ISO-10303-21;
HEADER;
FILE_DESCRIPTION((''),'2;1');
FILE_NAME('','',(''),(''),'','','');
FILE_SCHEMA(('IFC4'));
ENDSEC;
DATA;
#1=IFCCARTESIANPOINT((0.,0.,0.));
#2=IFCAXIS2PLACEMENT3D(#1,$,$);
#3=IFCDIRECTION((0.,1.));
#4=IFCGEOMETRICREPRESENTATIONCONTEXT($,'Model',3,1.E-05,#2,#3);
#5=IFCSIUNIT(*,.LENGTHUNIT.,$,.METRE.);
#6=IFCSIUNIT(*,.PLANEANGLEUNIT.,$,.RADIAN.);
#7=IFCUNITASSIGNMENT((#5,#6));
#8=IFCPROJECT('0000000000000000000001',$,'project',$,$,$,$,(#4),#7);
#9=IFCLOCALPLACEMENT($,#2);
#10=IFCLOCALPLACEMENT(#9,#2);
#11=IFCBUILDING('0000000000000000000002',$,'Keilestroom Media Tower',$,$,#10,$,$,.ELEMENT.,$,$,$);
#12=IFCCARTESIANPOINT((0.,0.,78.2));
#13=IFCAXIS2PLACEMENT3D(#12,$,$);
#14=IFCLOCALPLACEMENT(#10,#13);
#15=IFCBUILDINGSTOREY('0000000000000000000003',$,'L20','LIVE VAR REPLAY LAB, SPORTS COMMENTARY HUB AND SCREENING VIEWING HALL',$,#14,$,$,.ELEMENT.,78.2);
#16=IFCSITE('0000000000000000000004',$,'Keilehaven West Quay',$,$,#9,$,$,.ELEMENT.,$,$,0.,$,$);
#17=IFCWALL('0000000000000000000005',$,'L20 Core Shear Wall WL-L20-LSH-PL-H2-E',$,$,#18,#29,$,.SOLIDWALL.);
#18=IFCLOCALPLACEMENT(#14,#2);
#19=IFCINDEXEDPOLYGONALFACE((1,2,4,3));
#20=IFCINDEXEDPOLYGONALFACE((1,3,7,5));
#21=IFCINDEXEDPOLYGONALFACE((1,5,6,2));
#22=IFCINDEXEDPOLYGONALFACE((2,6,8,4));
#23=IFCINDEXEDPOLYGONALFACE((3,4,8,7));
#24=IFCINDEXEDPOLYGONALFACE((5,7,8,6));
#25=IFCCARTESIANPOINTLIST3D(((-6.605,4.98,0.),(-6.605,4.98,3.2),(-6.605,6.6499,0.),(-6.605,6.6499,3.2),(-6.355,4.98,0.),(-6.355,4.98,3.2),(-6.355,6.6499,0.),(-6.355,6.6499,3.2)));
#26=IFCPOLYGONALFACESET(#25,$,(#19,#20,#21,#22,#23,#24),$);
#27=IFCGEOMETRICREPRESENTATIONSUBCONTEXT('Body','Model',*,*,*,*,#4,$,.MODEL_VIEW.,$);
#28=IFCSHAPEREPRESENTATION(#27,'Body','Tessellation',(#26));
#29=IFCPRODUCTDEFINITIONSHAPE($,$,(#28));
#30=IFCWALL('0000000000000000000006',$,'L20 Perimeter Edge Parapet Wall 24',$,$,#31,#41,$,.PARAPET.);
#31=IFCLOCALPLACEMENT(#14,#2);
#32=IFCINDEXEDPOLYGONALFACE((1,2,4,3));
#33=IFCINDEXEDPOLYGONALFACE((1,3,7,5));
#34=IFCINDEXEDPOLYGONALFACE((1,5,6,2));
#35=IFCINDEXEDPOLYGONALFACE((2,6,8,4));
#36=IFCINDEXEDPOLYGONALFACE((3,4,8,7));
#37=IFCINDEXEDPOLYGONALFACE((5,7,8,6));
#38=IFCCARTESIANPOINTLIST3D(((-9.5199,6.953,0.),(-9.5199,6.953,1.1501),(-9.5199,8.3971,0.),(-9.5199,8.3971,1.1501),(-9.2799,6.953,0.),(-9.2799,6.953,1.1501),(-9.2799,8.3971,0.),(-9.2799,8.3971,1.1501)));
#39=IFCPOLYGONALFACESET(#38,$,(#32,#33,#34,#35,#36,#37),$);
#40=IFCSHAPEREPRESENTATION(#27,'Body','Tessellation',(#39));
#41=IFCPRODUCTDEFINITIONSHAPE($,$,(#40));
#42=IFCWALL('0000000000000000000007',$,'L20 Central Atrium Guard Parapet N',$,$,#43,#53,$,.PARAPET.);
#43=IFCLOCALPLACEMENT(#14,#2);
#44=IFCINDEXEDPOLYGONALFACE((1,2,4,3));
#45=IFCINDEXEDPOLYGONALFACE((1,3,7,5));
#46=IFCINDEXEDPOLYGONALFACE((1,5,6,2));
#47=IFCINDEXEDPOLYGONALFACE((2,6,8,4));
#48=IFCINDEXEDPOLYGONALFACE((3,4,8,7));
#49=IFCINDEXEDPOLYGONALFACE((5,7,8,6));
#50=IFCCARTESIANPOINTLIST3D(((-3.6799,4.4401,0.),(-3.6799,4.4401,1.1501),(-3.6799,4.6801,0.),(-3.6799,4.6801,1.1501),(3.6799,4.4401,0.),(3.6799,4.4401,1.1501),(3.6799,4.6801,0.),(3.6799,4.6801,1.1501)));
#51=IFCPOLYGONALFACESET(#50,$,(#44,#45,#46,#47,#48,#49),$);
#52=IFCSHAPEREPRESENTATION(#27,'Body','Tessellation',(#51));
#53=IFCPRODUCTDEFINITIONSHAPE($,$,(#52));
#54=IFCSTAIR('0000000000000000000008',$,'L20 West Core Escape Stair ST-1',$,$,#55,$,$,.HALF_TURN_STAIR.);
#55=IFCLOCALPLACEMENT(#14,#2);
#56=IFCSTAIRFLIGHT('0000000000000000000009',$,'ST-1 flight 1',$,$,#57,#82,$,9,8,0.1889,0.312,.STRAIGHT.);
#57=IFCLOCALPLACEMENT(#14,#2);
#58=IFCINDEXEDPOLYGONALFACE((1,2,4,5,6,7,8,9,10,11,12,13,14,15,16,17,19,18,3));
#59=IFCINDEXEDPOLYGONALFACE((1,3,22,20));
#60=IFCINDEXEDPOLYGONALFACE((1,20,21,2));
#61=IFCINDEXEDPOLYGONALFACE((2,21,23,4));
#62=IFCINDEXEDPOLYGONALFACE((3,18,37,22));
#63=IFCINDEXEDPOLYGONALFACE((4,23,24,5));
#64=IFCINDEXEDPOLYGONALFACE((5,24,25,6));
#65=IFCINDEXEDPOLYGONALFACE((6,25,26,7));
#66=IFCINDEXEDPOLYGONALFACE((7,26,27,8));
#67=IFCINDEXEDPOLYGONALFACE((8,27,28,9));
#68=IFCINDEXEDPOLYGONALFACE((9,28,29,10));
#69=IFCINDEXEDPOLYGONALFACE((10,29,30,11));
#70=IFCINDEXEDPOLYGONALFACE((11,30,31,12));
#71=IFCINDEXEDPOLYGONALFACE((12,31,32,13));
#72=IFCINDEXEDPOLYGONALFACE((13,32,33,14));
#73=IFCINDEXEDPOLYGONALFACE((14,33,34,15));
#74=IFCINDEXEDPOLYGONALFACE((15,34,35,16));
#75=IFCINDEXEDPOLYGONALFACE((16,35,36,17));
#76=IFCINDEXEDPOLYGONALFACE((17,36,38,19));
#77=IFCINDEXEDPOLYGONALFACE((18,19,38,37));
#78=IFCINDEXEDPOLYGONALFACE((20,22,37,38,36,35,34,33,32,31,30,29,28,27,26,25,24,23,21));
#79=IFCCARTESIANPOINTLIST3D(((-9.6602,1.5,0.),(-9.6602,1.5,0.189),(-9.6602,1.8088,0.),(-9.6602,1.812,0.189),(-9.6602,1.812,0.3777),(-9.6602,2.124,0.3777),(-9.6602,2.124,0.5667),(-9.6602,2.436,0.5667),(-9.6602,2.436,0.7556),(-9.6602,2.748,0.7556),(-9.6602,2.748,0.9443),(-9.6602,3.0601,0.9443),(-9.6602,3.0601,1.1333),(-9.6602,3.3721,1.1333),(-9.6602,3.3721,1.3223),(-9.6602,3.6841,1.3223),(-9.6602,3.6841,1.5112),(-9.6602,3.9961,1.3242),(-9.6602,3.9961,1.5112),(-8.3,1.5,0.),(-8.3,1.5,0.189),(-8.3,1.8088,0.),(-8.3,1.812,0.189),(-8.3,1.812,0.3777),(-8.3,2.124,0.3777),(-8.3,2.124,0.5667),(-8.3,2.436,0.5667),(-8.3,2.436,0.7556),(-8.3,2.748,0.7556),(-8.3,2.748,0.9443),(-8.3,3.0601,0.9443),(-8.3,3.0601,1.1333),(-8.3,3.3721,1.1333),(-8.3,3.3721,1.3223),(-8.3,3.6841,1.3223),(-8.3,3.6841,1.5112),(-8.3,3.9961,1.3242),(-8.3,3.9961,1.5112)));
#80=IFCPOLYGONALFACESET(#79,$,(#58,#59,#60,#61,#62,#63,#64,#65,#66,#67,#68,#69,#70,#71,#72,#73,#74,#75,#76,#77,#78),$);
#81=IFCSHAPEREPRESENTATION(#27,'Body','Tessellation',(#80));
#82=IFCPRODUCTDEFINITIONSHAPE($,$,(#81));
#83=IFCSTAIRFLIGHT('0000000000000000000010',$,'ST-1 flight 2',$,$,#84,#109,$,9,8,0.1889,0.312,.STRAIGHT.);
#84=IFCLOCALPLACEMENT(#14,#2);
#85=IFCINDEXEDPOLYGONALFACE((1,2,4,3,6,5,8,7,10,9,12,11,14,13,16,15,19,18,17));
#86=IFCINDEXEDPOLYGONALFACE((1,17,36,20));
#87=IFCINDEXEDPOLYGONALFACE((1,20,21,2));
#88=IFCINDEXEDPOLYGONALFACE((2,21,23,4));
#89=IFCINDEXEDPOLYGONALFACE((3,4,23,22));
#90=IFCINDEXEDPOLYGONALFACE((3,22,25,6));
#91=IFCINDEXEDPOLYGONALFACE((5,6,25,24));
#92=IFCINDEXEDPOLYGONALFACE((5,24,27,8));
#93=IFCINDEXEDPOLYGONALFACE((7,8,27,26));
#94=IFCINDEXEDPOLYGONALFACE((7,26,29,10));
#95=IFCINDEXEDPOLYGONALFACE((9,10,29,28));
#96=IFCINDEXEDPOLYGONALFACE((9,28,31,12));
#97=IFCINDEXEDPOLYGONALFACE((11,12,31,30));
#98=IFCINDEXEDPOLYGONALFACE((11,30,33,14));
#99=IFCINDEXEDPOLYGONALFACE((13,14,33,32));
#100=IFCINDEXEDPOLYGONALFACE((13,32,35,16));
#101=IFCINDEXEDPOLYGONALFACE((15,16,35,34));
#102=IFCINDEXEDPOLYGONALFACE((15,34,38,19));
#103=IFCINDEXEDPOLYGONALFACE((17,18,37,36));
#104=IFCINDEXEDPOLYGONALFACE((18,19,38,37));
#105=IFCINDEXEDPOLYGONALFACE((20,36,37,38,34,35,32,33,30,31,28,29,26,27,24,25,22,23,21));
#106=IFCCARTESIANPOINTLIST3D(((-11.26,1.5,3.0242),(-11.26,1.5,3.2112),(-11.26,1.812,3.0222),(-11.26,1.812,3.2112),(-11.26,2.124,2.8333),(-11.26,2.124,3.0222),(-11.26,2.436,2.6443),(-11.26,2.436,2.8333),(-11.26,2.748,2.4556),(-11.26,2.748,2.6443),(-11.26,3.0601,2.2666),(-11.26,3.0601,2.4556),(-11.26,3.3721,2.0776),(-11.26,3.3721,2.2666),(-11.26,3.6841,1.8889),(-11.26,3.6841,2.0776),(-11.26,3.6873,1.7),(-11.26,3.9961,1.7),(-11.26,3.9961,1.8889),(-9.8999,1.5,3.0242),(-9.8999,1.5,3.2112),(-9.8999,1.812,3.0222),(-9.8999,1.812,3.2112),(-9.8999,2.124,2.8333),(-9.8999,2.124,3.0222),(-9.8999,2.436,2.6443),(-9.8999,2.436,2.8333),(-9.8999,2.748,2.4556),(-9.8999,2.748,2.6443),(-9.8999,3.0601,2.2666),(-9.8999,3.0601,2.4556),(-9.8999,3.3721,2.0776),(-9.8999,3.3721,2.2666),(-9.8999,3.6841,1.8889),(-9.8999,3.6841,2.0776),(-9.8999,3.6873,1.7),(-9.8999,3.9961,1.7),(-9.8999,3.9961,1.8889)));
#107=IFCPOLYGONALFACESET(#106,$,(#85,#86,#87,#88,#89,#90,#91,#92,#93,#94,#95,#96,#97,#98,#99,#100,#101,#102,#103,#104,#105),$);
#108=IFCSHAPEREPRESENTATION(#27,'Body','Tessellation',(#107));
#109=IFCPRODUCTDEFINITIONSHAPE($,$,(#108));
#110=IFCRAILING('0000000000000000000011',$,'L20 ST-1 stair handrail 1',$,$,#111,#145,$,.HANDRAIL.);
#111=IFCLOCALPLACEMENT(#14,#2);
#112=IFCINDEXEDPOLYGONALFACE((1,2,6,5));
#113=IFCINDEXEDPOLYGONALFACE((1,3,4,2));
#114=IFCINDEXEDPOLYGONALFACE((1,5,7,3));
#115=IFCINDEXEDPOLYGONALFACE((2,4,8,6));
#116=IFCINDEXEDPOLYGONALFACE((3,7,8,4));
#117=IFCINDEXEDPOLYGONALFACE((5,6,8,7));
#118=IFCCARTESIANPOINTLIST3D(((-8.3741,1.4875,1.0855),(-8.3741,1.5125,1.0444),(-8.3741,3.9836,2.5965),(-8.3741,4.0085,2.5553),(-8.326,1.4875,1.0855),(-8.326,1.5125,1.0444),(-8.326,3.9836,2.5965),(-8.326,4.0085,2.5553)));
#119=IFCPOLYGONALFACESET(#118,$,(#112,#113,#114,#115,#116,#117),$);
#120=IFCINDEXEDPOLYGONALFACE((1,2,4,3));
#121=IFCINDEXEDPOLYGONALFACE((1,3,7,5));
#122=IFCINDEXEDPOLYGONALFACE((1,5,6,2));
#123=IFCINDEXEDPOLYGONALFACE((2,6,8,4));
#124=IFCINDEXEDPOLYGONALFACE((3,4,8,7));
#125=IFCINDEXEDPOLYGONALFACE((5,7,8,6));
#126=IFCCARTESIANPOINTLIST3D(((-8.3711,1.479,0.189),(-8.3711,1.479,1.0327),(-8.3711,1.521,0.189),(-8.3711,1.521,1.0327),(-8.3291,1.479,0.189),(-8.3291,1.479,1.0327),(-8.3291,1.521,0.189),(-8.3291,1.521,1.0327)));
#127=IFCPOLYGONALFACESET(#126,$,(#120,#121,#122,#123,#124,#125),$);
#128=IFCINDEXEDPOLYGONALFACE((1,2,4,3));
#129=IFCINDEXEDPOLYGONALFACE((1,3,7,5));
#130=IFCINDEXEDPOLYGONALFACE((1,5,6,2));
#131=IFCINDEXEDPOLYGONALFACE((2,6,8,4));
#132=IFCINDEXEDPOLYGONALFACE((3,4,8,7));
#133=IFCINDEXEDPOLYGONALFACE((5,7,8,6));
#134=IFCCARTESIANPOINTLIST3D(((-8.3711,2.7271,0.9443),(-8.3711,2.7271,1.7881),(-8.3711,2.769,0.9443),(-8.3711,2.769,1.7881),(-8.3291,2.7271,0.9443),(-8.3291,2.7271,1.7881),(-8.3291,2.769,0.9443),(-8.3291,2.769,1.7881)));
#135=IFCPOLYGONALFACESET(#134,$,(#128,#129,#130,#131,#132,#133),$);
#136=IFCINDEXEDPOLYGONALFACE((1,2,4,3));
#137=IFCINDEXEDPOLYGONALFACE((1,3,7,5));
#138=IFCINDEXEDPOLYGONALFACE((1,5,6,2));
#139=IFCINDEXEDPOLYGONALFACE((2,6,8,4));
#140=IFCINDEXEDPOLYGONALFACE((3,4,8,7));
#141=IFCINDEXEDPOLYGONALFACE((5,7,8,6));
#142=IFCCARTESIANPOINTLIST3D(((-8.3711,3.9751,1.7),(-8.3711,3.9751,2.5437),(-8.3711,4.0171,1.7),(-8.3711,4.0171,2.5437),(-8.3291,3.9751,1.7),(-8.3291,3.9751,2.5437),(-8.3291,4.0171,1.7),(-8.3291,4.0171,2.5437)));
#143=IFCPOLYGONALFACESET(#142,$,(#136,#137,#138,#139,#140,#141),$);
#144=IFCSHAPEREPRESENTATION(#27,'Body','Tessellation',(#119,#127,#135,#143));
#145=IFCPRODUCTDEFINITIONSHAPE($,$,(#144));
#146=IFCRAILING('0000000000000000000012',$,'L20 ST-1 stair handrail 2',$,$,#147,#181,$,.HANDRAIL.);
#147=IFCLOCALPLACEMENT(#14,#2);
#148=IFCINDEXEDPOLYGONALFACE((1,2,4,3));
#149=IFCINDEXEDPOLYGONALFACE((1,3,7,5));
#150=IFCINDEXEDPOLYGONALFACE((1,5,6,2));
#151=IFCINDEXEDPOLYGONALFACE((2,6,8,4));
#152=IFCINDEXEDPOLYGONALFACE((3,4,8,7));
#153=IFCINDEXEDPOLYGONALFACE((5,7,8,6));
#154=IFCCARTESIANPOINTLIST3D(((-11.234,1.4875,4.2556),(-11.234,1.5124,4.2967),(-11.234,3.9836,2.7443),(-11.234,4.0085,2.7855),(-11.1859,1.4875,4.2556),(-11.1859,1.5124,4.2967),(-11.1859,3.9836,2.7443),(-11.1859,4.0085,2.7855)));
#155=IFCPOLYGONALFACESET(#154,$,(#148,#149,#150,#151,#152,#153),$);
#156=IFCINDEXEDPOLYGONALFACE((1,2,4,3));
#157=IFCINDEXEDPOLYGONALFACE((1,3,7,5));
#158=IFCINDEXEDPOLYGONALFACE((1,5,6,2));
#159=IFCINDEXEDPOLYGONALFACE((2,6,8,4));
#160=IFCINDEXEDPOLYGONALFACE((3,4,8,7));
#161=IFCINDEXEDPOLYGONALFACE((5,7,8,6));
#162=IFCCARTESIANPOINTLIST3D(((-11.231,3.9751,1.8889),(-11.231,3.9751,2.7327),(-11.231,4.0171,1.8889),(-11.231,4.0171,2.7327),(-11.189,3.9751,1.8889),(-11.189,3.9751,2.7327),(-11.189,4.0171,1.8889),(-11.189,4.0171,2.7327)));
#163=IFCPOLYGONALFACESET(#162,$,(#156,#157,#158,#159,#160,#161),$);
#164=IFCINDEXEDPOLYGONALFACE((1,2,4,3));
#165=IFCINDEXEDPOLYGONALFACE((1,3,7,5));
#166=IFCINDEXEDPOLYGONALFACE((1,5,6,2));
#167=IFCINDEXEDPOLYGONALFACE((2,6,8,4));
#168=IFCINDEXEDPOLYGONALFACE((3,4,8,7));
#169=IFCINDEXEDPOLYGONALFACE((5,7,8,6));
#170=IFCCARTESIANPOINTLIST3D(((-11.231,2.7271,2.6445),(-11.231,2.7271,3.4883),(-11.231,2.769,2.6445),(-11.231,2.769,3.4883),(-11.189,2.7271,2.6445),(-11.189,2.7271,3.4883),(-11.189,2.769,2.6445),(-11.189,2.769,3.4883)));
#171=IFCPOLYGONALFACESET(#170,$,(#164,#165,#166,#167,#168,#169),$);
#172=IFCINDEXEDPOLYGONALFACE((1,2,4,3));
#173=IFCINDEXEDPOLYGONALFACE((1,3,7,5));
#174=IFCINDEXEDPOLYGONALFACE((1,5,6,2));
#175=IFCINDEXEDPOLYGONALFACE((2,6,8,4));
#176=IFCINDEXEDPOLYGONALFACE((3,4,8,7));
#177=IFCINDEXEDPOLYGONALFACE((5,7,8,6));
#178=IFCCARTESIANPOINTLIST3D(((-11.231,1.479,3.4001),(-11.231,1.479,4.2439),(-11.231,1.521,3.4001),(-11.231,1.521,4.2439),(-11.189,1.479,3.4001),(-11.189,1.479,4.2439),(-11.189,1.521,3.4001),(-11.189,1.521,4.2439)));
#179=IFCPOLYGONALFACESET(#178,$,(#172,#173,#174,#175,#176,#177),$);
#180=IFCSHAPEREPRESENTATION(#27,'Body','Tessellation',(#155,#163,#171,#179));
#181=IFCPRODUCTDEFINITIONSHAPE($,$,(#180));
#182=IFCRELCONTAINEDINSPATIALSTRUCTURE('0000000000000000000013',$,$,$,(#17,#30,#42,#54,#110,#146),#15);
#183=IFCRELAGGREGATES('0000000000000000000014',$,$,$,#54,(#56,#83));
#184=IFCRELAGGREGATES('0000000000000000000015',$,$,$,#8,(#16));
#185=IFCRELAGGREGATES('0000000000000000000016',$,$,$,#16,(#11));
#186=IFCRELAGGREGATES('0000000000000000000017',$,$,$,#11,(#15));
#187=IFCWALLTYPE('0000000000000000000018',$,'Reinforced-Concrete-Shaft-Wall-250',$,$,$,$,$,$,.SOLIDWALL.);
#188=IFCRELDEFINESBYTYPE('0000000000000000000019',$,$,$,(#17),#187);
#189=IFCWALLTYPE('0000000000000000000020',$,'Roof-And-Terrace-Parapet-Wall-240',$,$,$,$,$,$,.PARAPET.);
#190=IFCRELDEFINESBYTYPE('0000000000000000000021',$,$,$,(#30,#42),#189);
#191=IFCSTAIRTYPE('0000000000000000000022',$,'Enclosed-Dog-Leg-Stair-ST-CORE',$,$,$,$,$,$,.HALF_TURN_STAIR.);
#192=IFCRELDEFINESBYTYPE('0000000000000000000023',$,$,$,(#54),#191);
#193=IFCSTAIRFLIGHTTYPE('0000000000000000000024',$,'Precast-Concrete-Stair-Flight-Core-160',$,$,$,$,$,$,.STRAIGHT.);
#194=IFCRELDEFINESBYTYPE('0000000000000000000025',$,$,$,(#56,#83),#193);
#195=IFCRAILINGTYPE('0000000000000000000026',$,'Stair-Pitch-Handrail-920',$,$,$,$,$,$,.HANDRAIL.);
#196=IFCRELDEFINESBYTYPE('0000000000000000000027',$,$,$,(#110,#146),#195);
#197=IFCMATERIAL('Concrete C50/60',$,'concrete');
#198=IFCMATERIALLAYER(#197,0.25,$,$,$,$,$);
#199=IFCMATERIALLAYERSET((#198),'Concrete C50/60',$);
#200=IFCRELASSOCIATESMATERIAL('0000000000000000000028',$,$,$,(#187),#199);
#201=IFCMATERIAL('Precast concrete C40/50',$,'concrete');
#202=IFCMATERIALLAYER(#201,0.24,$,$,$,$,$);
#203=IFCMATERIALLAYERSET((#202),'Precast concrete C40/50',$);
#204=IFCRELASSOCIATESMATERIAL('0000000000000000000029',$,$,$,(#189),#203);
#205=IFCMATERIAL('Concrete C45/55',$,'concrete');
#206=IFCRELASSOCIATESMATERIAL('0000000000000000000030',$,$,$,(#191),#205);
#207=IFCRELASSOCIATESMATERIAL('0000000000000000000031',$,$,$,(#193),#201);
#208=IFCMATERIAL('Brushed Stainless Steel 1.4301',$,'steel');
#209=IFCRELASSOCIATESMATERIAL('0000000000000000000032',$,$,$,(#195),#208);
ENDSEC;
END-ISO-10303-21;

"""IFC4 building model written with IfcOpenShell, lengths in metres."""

from ifc_helpers import new_model, si_unit, direction, frame, frame_2d, origin, origin_2d, place, context, subcontext, project, spatial, polyline, rectangle, outline, extrude, material, layer, layer_set, type_object, element, aggregate, save


model = new_model("IFC4")

# Units and contexts
model_context = context("Model", 3, precision=1e-05, world=origin(), true_north=direction((0.0, 1.0)))
body_context = subcontext(model_context, "Body", "Model", "MODEL_VIEW")
ifc_project = project(units=[si_unit("LENGTHUNIT", "METRE"), si_unit("PLANEANGLEUNIT", "RADIAN")], contexts=[model_context])

# Site, building, storey
site_placement = place(None, origin())
site = spatial("IfcSite", under=ifc_project, at=site_placement, Name="Keilehaven West Quay", CompositionType="ELEMENT", RefElevation=0.0)
building_placement = place(site_placement, origin())
building = spatial("IfcBuilding", under=site, at=building_placement, Name="Keilestroom Media Tower", CompositionType="ELEMENT")
storey_placement = place(building_placement, frame((0.0, 0.0, 78.2)))
storey = spatial("IfcBuildingStorey", under=building, at=storey_placement, Name="L20", Description="LIVE VAR REPLAY LAB, SPORTS COMMENTARY HUB AND SCREENING VIEWING HALL", CompositionType="ELEMENT", Elevation=78.2)

# Shared definitions
ifc_material_1 = material(Name="Concrete C50/60", Category="concrete")

# Shared definitions
ifc_layer_1 = layer(ifc_material_1, 0.25)
ifc_layer_set_1 = layer_set([ifc_layer_1], Name="Concrete C50/60")
wall_type_1 = type_object("IfcWallType", Name="Reinforced-Concrete-Shaft-Wall-250", PredefinedType="SOLIDWALL", material=ifc_layer_set_1)

# Walls
wall_1_placement = place(storey_placement, frame((-6.48, 4.98, 0.0), z_axis=(0.0, 0.0, 1.0), x_axis=(0.0, 1.0, 0.0)))
element("IfcWall", 1, at=wall_1_placement, inside=storey, type_object=wall_type_1, Name="L20 Core Shear Wall WL-L20-LSH-PL-H2-E", PredefinedType="SOLIDWALL", context=body_context, shape_type="SweptSolid", body=[
    extrude(rectangle(XDim=1.6699, YDim=0.25, at=frame_2d((0.835, 0.0))), origin(), (0.0, 0.0, 1.0), 3.2),
])
ifc_material_2 = material(Name="Precast concrete C40/50", Category="concrete")
ifc_layer_2 = layer(ifc_material_2, 0.24)
ifc_layer_set_2 = layer_set([ifc_layer_2], Name="Precast concrete C40/50")
wall_type_2 = type_object("IfcWallType", Name="Roof-And-Terrace-Parapet-Wall-240", PredefinedType="PARAPET", material=ifc_layer_set_2)
wall_2_placement = place(storey_placement, frame((-9.3999, 6.9529, 0.0), z_axis=(0.0, 0.0, 1.0), x_axis=(0.0, 1.0, 0.0)))
element("IfcWall", 2, at=wall_2_placement, inside=storey, type_object=wall_type_2, Name="L20 Perimeter Edge Parapet Wall 24", PredefinedType="PARAPET", context=body_context, shape_type="SweptSolid", body=[
    extrude(rectangle(XDim=1.4441, YDim=0.24, at=frame_2d((0.7222, 0.0))), origin(), (0.0, 0.0, 1.0), 1.1501),
])
wall_3_placement = place(storey_placement, frame((-3.6799, 4.5601, 0.0), z_axis=(0.0, 0.0, 1.0), x_axis=(1.0, 0.0, 0.0)))
element("IfcWall", 3, at=wall_3_placement, inside=storey, type_object=wall_type_2, Name="L20 Central Atrium Guard Parapet N", PredefinedType="PARAPET", context=body_context, shape_type="SweptSolid", body=[
    extrude(rectangle(XDim=7.3599, YDim=0.24, at=frame_2d((3.6799, 0.0))), origin(), (0.0, 0.0, 1.0), 1.1501),
])

# Stair, stair flights
ifc_material_3 = material(Name="Concrete C45/55", Category="concrete")
stair_type = type_object("IfcStairType", Name="Enclosed-Dog-Leg-Stair-ST-CORE", PredefinedType="HALF_TURN_STAIR", material=ifc_material_3)
stair_placement = place(storey_placement, origin())
stair = element("IfcStair", 4, at=stair_placement, inside=storey, type_object=stair_type, Name="L20 West Core Escape Stair ST-1", PredefinedType="HALF_TURN_STAIR")
stair_flight_type = type_object("IfcStairFlightType", Name="Precast-Concrete-Stair-Flight-Core-160", PredefinedType="STRAIGHT", material=ifc_material_2)
stair_flight_1_placement = place(storey_placement, frame((-8.98, 1.5, 0.0), z_axis=(0.0, 0.0, 1.0), x_axis=(0.0, 1.0, 0.0)))
stair_flight_1 = element("IfcStairFlight", 5, at=stair_flight_1_placement, type_object=stair_flight_type, Name="ST-1 flight 1", NumberOfRisers=9, NumberOfTreads=8, PredefinedType="STRAIGHT", RiserHeight=0.1889, TreadLength=0.312, context=body_context, shape_type="SweptSolid", body=[
    extrude(outline(polyline([(0.0, 0.0), (0.0, 0.189), (0.312, 0.189), (0.312, 0.3777), (0.624, 0.3777), (0.624, 0.5667), (0.936, 0.5667), (0.936, 0.7556), (1.248, 0.7556), (1.248, 0.9443), (1.5601, 0.9443), (1.5601, 1.1333), (1.8721, 1.1333), (1.8721, 1.3223), (2.1841, 1.3223), (2.1841, 1.5112), (2.4961, 1.5112), (2.4961, 1.7), (2.4961, 1.3242), (0.3088, 0.0), (0.0, 0.0)])), frame((0.0, 0.6802, 0.0), z_axis=(0.0, -1.0, 0.0), x_axis=(1.0, 0.0, 0.0)), (0.0, 0.0, 1.0), 1.3601),
])
stair_flight_2_placement = place(storey_placement, frame((-10.5801, 3.9961, 1.7), z_axis=(0.0, 0.0, 1.0), x_axis=(0.0, -1.0, 0.0)))
stair_flight_2 = element("IfcStairFlight", 6, at=stair_flight_2_placement, type_object=stair_flight_type, Name="ST-1 flight 2", NumberOfRisers=9, NumberOfTreads=8, PredefinedType="STRAIGHT", RiserHeight=0.1889, TreadLength=0.312, context=body_context, shape_type="SweptSolid", body=[
    extrude(outline(polyline([(0.0, 0.0), (0.0, 0.189), (0.312, 0.189), (0.312, 0.3777), (0.624, 0.3777), (0.624, 0.5667), (0.936, 0.5667), (0.936, 0.7556), (1.248, 0.7556), (1.248, 0.9443), (1.5601, 0.9443), (1.5601, 1.1333), (1.8721, 1.1333), (1.8721, 1.3223), (2.1841, 1.3223), (2.1841, 1.5112), (2.4961, 1.5112), (2.4961, 1.7), (2.4961, 1.3242), (0.3088, 0.0), (0.0, 0.0)])), frame((0.0, 0.6802, 0.0), z_axis=(0.0, -1.0, 0.0), x_axis=(1.0, 0.0, 0.0)), (0.0, 0.0, 1.0), 1.3601),
])
aggregate(stair, [stair_flight_1, stair_flight_2])

# Railings
ifc_material_4 = material(Name="Brushed Stainless Steel 1.4301", Category="steel")
railing_type_1 = type_object("IfcRailingType", Name="Stair-Pitch-Handrail-920", PredefinedType="HANDRAIL", material=ifc_material_4)
railing_1_placement = place(storey_placement, frame((-8.3501, 1.5, 0.189)))
element("IfcRailing", 7, at=railing_1_placement, inside=storey, type_object=railing_type_1, Name="L20 ST-1 stair handrail 1", PredefinedType="HANDRAIL", context=body_context, shape_type="SweptSolid", body=[
    extrude(rectangle(XDim=0.0481, YDim=0.0481, at=origin_2d()), frame((0.0, 0.0, 0.876), z_axis=(0.0, 0.855471, 0.517851), x_axis=(-1.0, 0.0, 0.0)), (0.0, 0.0, 1.0), 2.9177),
    extrude(rectangle(XDim=0.042, YDim=0.042, at=origin_2d()), origin(), (0.0, 0.0, 1.0), 0.8438),
    extrude(rectangle(XDim=0.042, YDim=0.042, at=origin_2d()), frame((0.0, 1.248, 0.7554)), (0.0, 0.0, 1.0), 0.8438),
    extrude(rectangle(XDim=0.042, YDim=0.042, at=origin_2d()), frame((0.0, 2.4961, 1.511)), (0.0, 0.0, 1.0), 0.8438),
])
railing_2_placement = place(storey_placement, frame((-11.21, 3.9961, 1.8889)))
element("IfcRailing", 8, at=railing_2_placement, inside=storey, type_object=railing_type_1, Name="L20 ST-1 stair handrail 2", PredefinedType="HANDRAIL", context=body_context, shape_type="SweptSolid", body=[
    extrude(rectangle(XDim=0.0481, YDim=0.0481, at=origin_2d()), frame((0.0, 0.0, 0.876), z_axis=(0.0, -0.855434, 0.517912), x_axis=(1.0, 0.0, 0.0)), (0.0, 0.0, 1.0), 2.918),
    extrude(rectangle(XDim=0.042, YDim=0.042, at=origin_2d()), origin(), (0.0, 0.0, 1.0), 0.8438),
    extrude(rectangle(XDim=0.042, YDim=0.042, at=origin_2d()), frame((0.0, -1.248, 0.7556)), (0.0, 0.0, 1.0), 0.8438),
    extrude(rectangle(XDim=0.042, YDim=0.042, at=origin_2d()), frame((0.0, -2.4961, 1.5112)), (0.0, 0.0, 1.0), 0.8438),
])

save(model, "model.ifc")
